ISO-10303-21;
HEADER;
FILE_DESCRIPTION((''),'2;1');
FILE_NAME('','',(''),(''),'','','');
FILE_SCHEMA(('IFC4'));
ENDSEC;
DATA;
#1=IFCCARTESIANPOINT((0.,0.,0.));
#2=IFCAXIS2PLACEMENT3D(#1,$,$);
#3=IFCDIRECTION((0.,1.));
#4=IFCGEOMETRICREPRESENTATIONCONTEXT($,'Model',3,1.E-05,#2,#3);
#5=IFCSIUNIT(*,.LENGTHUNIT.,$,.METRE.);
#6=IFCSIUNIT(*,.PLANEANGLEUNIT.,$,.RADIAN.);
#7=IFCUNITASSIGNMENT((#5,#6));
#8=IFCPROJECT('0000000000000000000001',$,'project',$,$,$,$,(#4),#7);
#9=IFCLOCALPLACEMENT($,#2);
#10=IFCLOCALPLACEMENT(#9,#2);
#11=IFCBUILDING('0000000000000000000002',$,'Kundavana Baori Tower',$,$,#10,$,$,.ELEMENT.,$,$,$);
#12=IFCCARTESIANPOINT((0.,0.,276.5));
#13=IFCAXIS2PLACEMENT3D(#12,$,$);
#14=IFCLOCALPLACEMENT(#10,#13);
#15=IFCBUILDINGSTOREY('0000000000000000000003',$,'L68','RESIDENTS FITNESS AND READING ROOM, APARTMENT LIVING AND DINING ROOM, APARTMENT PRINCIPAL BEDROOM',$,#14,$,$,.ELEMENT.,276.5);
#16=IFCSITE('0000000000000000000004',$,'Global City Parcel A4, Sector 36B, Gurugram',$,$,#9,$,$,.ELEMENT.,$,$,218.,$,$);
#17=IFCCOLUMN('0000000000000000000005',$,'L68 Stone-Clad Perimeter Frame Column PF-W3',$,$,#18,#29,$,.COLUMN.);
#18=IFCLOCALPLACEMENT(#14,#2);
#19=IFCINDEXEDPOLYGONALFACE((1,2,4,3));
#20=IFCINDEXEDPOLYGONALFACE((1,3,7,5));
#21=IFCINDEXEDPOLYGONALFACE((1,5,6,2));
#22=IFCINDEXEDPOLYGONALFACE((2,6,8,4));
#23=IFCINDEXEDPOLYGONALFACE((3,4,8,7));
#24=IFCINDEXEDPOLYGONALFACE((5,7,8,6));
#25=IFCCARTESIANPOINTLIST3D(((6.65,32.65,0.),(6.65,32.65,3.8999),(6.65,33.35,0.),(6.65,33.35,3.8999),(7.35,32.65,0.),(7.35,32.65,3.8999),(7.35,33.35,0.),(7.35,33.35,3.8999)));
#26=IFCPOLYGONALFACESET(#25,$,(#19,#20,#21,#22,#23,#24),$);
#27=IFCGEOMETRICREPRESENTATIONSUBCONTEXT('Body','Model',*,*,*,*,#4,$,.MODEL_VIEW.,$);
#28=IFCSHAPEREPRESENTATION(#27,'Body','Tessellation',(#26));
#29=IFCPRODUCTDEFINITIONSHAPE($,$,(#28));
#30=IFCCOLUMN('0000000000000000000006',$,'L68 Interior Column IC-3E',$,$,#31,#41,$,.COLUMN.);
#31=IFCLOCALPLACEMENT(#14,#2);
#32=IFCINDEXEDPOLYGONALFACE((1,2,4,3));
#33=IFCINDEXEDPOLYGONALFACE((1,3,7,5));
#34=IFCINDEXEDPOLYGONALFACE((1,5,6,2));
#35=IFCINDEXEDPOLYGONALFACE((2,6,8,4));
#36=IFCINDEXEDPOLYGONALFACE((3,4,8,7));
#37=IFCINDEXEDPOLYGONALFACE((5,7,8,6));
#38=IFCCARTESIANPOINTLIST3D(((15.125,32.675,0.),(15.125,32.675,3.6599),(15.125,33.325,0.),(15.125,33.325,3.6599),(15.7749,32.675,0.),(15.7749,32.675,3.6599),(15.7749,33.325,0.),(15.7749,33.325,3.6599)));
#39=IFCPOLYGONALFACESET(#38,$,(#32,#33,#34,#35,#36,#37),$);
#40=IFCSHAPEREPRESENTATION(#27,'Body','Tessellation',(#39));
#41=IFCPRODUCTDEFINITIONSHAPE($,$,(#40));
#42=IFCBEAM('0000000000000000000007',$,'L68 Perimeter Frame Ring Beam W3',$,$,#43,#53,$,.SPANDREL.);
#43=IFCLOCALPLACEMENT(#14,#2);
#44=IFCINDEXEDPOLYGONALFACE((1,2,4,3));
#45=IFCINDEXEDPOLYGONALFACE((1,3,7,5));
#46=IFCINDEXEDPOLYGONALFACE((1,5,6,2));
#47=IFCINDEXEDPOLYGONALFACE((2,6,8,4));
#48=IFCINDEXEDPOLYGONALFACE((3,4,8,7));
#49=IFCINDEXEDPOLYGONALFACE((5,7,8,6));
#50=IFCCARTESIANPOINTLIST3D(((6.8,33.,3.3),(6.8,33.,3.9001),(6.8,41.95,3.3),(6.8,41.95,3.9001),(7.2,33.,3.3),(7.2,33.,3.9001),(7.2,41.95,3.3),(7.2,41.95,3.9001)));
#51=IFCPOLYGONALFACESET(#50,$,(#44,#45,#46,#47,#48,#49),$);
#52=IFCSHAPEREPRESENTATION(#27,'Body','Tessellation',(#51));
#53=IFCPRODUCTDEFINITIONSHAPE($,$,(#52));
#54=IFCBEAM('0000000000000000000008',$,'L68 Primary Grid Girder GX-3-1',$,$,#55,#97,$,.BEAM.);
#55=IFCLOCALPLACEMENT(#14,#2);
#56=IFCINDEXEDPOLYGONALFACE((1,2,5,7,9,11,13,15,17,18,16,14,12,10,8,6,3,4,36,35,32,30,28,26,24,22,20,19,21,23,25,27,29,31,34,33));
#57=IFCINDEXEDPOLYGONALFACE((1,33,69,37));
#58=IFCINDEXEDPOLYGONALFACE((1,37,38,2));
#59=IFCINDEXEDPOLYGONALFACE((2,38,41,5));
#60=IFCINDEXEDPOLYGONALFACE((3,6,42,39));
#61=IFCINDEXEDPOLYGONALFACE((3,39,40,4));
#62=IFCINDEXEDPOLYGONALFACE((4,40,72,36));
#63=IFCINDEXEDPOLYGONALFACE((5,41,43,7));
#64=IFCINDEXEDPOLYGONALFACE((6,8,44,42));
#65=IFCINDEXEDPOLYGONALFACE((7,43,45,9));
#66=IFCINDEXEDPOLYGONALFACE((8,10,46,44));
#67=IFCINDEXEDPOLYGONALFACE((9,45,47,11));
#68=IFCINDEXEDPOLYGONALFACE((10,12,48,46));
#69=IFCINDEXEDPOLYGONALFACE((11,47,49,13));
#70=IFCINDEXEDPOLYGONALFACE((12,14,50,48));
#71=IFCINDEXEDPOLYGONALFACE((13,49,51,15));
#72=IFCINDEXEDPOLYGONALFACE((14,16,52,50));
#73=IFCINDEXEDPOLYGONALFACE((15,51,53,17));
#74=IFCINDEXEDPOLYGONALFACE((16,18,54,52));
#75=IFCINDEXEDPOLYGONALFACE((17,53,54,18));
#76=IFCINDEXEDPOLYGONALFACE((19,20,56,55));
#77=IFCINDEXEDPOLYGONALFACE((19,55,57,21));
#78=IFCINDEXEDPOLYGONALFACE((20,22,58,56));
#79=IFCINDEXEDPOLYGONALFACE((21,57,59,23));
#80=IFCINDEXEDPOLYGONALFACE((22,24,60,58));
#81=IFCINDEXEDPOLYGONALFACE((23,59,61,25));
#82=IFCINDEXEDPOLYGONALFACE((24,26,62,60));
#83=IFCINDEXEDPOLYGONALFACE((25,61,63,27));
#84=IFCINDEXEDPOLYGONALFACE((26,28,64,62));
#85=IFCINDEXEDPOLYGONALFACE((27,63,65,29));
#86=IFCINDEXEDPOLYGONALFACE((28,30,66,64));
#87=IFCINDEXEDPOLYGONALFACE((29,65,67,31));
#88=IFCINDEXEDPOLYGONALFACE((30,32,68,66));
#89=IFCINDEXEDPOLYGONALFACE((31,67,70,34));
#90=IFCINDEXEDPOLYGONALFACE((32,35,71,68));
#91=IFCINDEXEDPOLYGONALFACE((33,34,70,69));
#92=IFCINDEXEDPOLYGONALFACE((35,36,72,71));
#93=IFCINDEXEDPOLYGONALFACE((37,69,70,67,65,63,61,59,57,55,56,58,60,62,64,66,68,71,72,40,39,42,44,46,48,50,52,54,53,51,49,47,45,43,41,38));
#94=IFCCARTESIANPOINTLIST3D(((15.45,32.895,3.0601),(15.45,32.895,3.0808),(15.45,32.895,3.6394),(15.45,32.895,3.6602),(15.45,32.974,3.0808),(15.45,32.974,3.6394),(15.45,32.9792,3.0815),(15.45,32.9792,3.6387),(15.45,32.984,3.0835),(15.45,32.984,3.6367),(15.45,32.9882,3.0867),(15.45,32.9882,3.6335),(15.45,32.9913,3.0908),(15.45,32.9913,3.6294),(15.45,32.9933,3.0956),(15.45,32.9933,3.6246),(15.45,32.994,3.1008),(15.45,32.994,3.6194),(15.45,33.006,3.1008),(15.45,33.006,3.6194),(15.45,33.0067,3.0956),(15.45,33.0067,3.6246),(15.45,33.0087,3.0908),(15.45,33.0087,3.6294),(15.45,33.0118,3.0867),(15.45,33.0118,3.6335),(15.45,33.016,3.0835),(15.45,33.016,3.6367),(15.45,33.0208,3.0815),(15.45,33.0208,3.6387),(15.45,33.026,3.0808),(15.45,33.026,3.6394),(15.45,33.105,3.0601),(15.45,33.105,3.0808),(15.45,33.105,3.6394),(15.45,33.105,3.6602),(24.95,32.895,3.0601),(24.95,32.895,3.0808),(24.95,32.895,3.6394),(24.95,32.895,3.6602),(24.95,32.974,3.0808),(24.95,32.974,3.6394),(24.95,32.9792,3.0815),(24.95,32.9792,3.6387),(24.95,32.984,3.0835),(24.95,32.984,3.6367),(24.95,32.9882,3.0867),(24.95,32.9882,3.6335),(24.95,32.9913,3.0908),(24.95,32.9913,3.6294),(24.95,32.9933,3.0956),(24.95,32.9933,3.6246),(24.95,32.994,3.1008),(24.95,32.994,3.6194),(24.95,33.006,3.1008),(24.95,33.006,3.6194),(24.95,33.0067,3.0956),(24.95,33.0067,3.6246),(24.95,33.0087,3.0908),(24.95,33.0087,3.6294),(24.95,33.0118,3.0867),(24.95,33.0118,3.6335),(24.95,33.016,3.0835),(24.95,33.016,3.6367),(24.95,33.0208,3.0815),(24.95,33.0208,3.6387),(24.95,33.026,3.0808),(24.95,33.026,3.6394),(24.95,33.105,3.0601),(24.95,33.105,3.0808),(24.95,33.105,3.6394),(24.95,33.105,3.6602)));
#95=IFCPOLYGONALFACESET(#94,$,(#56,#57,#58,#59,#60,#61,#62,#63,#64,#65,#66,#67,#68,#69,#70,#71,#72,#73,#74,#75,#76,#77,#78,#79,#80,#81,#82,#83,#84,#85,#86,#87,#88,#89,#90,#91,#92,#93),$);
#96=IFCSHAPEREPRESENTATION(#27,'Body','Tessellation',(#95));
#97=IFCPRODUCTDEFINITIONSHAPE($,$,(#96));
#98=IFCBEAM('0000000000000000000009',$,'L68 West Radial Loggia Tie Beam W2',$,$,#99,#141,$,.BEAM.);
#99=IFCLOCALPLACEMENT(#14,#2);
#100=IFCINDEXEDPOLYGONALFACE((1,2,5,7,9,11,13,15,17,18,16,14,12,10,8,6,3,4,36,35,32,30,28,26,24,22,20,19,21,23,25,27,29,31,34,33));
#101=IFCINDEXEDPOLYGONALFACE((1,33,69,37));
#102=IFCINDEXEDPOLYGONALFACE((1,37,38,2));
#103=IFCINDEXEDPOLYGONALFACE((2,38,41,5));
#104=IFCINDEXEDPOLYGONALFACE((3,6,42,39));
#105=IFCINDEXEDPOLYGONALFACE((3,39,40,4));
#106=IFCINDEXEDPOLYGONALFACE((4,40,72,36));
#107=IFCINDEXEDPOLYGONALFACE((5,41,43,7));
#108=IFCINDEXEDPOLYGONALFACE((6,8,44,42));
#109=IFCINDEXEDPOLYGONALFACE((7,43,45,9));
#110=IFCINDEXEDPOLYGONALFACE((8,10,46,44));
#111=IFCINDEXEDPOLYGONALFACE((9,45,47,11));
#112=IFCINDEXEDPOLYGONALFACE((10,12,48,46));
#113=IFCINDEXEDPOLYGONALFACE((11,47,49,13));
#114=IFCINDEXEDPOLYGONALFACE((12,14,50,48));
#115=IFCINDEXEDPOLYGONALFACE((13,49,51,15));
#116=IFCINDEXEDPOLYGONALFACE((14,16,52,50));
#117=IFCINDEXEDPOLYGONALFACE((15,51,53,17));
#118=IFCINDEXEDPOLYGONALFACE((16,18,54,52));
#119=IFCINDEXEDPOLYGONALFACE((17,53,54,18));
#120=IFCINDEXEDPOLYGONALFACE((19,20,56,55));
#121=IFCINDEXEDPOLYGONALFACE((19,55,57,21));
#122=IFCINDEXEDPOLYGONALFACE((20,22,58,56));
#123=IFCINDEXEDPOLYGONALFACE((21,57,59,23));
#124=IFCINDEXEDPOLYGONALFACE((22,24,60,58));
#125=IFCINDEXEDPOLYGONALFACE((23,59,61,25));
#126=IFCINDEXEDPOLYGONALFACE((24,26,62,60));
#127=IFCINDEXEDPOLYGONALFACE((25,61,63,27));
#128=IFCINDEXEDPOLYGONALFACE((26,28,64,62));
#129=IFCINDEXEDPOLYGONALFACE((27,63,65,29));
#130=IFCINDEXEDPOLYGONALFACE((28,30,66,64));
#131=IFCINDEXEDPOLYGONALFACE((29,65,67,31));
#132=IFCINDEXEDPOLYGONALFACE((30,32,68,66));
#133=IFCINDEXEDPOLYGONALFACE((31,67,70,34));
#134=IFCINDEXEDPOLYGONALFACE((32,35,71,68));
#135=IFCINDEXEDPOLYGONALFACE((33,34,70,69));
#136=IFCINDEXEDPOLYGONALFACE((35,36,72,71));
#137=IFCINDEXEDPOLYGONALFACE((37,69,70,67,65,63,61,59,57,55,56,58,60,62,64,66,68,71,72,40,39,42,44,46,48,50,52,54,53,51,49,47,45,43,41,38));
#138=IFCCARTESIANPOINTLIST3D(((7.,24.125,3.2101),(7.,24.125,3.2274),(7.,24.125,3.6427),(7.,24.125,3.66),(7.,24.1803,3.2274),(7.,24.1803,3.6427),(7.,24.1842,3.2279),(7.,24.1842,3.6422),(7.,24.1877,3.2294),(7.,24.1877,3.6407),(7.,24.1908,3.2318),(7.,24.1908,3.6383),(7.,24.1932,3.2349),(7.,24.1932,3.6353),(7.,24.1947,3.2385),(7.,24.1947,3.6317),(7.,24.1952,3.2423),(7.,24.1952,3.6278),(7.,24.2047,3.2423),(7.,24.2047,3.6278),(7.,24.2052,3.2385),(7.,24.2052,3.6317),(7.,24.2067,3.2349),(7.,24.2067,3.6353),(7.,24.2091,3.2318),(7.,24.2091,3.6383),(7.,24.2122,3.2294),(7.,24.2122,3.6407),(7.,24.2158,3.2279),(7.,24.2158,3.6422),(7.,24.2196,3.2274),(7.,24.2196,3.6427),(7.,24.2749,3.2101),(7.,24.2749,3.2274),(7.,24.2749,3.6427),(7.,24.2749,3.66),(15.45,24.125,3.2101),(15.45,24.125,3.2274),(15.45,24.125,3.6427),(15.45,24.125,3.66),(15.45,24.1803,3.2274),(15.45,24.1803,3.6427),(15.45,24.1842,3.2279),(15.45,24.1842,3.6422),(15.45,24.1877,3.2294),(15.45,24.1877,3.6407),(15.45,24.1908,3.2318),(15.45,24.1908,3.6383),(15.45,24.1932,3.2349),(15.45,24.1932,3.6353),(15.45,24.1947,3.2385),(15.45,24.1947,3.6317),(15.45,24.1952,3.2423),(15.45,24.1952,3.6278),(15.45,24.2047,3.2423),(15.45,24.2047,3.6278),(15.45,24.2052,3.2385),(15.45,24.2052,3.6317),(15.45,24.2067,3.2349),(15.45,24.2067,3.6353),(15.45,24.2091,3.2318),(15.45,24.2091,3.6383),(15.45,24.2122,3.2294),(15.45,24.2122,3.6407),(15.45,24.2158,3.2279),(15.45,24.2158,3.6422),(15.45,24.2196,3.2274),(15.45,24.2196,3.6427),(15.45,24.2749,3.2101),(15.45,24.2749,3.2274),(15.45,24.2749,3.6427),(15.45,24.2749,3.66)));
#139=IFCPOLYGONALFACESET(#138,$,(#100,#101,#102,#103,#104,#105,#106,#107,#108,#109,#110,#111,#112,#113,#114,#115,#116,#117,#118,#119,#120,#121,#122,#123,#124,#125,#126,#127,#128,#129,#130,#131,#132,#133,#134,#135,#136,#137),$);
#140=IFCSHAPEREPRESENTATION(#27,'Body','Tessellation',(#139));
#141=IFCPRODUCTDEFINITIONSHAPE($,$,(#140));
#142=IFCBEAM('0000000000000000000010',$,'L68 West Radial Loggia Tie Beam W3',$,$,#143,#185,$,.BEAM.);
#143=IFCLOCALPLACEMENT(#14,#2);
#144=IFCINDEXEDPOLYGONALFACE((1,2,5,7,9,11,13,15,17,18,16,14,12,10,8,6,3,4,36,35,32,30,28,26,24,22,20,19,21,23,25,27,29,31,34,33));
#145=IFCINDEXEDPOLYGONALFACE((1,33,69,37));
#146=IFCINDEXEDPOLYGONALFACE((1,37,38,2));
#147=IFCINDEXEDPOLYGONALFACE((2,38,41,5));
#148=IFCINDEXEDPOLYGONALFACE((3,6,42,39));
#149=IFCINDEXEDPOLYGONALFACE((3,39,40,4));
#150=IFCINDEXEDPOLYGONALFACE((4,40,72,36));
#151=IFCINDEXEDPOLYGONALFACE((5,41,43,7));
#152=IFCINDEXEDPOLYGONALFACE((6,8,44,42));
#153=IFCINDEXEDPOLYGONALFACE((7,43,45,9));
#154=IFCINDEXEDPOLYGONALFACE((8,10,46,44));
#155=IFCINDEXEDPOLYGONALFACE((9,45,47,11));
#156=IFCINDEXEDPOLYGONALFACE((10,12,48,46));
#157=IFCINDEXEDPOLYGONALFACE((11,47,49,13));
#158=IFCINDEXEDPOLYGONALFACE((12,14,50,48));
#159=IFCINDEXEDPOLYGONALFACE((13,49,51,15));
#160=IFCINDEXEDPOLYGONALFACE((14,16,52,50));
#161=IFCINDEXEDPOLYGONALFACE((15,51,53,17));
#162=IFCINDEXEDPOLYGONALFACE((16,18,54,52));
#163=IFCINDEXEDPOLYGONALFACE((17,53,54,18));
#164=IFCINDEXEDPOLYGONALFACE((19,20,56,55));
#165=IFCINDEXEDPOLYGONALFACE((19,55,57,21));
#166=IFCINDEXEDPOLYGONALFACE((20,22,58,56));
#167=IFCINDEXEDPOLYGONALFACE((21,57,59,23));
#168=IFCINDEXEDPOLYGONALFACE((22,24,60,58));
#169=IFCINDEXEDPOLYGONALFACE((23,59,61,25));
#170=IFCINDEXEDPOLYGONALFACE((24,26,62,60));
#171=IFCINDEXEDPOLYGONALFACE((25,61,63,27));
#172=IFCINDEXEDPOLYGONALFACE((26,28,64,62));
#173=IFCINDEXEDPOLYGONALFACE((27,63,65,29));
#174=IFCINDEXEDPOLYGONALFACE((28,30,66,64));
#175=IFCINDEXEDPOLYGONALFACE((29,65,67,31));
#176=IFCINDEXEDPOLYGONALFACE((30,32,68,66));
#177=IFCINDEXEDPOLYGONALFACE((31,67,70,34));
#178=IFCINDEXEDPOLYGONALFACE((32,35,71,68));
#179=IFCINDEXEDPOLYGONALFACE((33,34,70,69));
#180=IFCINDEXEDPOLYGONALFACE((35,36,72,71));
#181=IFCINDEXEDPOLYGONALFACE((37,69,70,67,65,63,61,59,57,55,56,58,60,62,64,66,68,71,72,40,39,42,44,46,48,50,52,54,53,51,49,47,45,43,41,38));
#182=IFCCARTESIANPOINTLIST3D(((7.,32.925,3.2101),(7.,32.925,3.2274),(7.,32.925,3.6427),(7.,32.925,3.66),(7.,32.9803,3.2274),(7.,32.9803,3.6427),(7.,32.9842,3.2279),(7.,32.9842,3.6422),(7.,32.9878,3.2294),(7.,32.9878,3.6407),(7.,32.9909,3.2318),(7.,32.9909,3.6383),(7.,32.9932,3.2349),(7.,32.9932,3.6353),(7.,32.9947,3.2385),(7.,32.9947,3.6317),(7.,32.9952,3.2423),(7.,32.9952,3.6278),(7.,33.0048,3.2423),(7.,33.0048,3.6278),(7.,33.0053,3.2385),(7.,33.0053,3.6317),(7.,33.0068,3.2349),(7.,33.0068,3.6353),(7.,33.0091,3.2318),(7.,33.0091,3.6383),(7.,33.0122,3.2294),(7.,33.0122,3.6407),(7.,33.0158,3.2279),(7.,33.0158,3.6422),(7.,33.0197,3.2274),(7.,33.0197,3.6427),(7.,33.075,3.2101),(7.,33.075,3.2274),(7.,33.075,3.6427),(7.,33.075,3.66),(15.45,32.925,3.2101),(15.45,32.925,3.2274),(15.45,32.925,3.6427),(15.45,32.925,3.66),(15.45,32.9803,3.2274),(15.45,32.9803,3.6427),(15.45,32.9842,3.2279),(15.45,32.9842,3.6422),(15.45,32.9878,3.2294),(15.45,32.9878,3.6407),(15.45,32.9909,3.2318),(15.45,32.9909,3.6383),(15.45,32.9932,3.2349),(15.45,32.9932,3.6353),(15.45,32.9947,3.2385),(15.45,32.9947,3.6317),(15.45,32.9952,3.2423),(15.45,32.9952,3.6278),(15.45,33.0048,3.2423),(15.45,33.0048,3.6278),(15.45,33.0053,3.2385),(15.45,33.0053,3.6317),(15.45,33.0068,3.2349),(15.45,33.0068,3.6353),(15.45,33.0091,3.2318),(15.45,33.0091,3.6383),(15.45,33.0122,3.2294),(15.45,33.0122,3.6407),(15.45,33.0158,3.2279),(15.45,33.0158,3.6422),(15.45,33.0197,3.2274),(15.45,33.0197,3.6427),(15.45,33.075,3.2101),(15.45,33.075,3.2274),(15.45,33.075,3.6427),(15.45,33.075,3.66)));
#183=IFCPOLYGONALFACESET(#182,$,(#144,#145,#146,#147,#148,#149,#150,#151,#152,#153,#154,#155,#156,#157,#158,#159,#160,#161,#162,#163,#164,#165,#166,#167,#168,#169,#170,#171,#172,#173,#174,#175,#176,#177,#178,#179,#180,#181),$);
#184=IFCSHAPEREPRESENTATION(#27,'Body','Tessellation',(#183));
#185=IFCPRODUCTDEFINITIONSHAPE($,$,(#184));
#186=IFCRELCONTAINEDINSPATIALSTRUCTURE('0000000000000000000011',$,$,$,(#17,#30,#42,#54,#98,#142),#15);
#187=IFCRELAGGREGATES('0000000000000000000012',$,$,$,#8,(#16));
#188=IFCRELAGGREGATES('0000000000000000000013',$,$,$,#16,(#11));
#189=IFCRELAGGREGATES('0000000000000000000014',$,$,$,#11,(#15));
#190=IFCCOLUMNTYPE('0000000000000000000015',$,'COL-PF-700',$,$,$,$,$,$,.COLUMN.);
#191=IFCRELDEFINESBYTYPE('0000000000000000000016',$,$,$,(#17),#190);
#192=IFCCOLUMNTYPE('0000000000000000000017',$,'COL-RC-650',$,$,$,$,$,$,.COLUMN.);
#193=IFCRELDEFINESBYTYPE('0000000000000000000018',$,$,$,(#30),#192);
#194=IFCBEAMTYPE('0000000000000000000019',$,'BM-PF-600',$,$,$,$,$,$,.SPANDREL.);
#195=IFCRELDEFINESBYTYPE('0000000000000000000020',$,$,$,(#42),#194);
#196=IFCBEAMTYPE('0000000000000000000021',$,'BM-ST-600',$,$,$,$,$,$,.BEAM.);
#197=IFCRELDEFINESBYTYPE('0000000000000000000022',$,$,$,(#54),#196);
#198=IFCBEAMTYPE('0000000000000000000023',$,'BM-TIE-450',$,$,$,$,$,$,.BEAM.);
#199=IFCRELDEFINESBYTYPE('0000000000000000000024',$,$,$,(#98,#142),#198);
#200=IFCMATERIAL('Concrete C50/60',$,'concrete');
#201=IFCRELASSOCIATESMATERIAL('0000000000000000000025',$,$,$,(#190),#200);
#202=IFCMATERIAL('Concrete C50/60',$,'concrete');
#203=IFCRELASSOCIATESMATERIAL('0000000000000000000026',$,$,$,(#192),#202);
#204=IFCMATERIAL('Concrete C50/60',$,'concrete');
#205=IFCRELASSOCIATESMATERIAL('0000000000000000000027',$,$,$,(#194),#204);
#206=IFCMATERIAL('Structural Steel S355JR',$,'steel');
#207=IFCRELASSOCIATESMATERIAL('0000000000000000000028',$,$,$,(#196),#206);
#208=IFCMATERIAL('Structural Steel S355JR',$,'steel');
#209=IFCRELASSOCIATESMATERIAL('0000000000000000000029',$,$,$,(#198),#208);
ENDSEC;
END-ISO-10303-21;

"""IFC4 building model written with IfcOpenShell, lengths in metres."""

from ifc_helpers import new_model, si_unit, direction, frame, origin, origin_2d, place, context, subcontext, project, spatial, rectangle, i_section, extrude, material, material_profile, profile_set, type_object, element, save


model = new_model("IFC4")

# Units and contexts
model_context = context("Model", 3, precision=1e-05, world=origin(), true_north=direction((0.0, 1.0)))
body_context = subcontext(model_context, "Body", "Model", "MODEL_VIEW")
ifc_project = project(units=[si_unit("LENGTHUNIT", "METRE"), si_unit("PLANEANGLEUNIT", "RADIAN")], contexts=[model_context])

# Site, building, storey
site_placement = place(None, origin())
site = spatial("IfcSite", under=ifc_project, at=site_placement, Name="Global City Parcel A4, Sector 36B, Gurugram", CompositionType="ELEMENT", RefElevation=218.0)
building_placement = place(site_placement, origin())
building = spatial("IfcBuilding", under=site, at=building_placement, Name="Kundavana Baori Tower", CompositionType="ELEMENT")
storey_placement = place(building_placement, frame((0.0, 0.0, 276.5)))
storey = spatial("IfcBuildingStorey", under=building, at=storey_placement, Name="L68", Description="RESIDENTS FITNESS AND READING ROOM, APARTMENT LIVING AND DINING ROOM, APARTMENT PRINCIPAL BEDROOM", CompositionType="ELEMENT", Elevation=276.5)

# Columns
ifc_material_1 = material(Name="Concrete C50/60", Category="concrete")
ifc_material_profile_1 = material_profile(ifc_material_1, rectangle(XDim=0.7, YDim=0.7, at=origin_2d()), Name="RC PF 700x700")
ifc_profile_set_1 = profile_set([ifc_material_profile_1], Name="Concrete C50/60")
column_type_1 = type_object("IfcColumnType", Name="COL-PF-700", PredefinedType="COLUMN", material=ifc_profile_set_1)
column_1_placement = place(storey_placement, frame((7.0, 33.0, 0.0), z_axis=(0.0, 0.0, 1.0), x_axis=(1.0, 0.0, 0.0)))
element("IfcColumn", 1, at=column_1_placement, inside=storey, type_object=column_type_1, Name="L68 Stone-Clad Perimeter Frame Column PF-W3", PredefinedType="COLUMN", context=body_context, shape_type="SweptSolid", body=[
    extrude(rectangle(XDim=0.7, YDim=0.7, at=origin_2d()), origin(), (0.0, 0.0, 1.0), 3.8999),
])
ifc_material_2 = material(Name="Concrete C50/60", Category="concrete")
ifc_material_profile_2 = material_profile(ifc_material_2, rectangle(XDim=0.6499, YDim=0.6499, at=origin_2d()), Name="RC 650x650")
ifc_profile_set_2 = profile_set([ifc_material_profile_2], Name="Concrete C50/60")
column_type_2 = type_object("IfcColumnType", Name="COL-RC-650", PredefinedType="COLUMN", material=ifc_profile_set_2)
column_2_placement = place(storey_placement, frame((15.45, 33.0, 0.0), z_axis=(0.0, 0.0, 1.0), x_axis=(1.0, 0.0, 0.0)))
element("IfcColumn", 2, at=column_2_placement, inside=storey, type_object=column_type_2, Name="L68 Interior Column IC-3E", PredefinedType="COLUMN", context=body_context, shape_type="SweptSolid", body=[
    extrude(rectangle(XDim=0.6499, YDim=0.6499, at=origin_2d()), origin(), (0.0, 0.0, 1.0), 3.6599),
])

# Beams
ifc_material_3 = material(Name="Concrete C50/60", Category="concrete")
ifc_material_profile_3 = material_profile(ifc_material_3, rectangle(XDim=0.3999, YDim=0.6001, at=origin_2d()), Name="RC BM 400x600")
ifc_profile_set_3 = profile_set([ifc_material_profile_3], Name="Concrete C50/60")
beam_type_1 = type_object("IfcBeamType", Name="BM-PF-600", PredefinedType="SPANDREL", material=ifc_profile_set_3)
beam_1_placement = place(storey_placement, frame((7.0, 33.0, 3.6001), z_axis=(0.0, 1.0, 0.0), x_axis=(-1.0, 0.0, 0.0)))
element("IfcBeam", 3, at=beam_1_placement, inside=storey, type_object=beam_type_1, Name="L68 Perimeter Frame Ring Beam W3", PredefinedType="SPANDREL", context=body_context, shape_type="SweptSolid", body=[
    extrude(rectangle(XDim=0.3999, YDim=0.6001, at=origin_2d()), origin(), (0.0, 0.0, 1.0), 8.95),
])
ifc_material_4 = material(Name="Structural Steel S355JR", Category="steel")
ifc_material_profile_4 = material_profile(ifc_material_4, i_section(OverallWidth=0.21, OverallDepth=0.6001, WebThickness=0.012, FlangeThickness=0.0208, FilletRadius=0.02, at=origin_2d()), Name="ISMB 600")
ifc_profile_set_4 = profile_set([ifc_material_profile_4], Name="Structural Steel S355JR")
beam_type_2 = type_object("IfcBeamType", Name="BM-ST-600", PredefinedType="BEAM", material=ifc_profile_set_4)
beam_2_placement = place(storey_placement, frame((15.45, 33.0, 3.3601), z_axis=(1.0, 0.0, 0.0), x_axis=(0.0, 1.0, 0.0)))
element("IfcBeam", 4, at=beam_2_placement, inside=storey, type_object=beam_type_2, Name="L68 Primary Grid Girder GX-3-1", PredefinedType="BEAM", context=body_context, shape_type="SweptSolid", body=[
    extrude(i_section(OverallWidth=0.21, OverallDepth=0.6001, WebThickness=0.012, FlangeThickness=0.0208, FilletRadius=0.02, at=origin_2d()), origin(), (0.0, 0.0, 1.0), 9.5),
])
ifc_material_5 = material(Name="Structural Steel S355JR", Category="steel")
ifc_material_profile_5 = material_profile(ifc_material_5, i_section(OverallWidth=0.1499, OverallDepth=0.45, WebThickness=0.0095, FlangeThickness=0.0173, FilletRadius=0.0149, at=origin_2d()), Name="ISMB 450")
ifc_profile_set_5 = profile_set([ifc_material_profile_5], Name="Structural Steel S355JR")
beam_type_3 = type_object("IfcBeamType", Name="BM-TIE-450", PredefinedType="BEAM", material=ifc_profile_set_5)
for number, where, z_axis, x_axis, name in (
    (5, (15.45, 24.2, 3.4351), (-1.0, 0.0, 0.0), (0.0, -1.0, 0.0), "L68 West Radial Loggia Tie Beam W2"),
    (6, (15.45, 33.0, 3.4351), (-1.0, 0.0, 0.0), (0.0, -1.0, 0.0), "L68 West Radial Loggia Tie Beam W3"),
):
    element("IfcBeam", number, at=place(storey_placement, frame(where, z_axis=z_axis, x_axis=x_axis)), inside=storey, type_object=beam_type_3, Name=name, PredefinedType="BEAM", context=body_context, shape_type="SweptSolid", body=[
        extrude(i_section(OverallWidth=0.1499, OverallDepth=0.45, WebThickness=0.0095, FlangeThickness=0.0173, FilletRadius=0.0149, at=origin_2d()), origin(), (0.0, 0.0, 1.0), 8.45),
    ])

save(model, "model.ifc")
